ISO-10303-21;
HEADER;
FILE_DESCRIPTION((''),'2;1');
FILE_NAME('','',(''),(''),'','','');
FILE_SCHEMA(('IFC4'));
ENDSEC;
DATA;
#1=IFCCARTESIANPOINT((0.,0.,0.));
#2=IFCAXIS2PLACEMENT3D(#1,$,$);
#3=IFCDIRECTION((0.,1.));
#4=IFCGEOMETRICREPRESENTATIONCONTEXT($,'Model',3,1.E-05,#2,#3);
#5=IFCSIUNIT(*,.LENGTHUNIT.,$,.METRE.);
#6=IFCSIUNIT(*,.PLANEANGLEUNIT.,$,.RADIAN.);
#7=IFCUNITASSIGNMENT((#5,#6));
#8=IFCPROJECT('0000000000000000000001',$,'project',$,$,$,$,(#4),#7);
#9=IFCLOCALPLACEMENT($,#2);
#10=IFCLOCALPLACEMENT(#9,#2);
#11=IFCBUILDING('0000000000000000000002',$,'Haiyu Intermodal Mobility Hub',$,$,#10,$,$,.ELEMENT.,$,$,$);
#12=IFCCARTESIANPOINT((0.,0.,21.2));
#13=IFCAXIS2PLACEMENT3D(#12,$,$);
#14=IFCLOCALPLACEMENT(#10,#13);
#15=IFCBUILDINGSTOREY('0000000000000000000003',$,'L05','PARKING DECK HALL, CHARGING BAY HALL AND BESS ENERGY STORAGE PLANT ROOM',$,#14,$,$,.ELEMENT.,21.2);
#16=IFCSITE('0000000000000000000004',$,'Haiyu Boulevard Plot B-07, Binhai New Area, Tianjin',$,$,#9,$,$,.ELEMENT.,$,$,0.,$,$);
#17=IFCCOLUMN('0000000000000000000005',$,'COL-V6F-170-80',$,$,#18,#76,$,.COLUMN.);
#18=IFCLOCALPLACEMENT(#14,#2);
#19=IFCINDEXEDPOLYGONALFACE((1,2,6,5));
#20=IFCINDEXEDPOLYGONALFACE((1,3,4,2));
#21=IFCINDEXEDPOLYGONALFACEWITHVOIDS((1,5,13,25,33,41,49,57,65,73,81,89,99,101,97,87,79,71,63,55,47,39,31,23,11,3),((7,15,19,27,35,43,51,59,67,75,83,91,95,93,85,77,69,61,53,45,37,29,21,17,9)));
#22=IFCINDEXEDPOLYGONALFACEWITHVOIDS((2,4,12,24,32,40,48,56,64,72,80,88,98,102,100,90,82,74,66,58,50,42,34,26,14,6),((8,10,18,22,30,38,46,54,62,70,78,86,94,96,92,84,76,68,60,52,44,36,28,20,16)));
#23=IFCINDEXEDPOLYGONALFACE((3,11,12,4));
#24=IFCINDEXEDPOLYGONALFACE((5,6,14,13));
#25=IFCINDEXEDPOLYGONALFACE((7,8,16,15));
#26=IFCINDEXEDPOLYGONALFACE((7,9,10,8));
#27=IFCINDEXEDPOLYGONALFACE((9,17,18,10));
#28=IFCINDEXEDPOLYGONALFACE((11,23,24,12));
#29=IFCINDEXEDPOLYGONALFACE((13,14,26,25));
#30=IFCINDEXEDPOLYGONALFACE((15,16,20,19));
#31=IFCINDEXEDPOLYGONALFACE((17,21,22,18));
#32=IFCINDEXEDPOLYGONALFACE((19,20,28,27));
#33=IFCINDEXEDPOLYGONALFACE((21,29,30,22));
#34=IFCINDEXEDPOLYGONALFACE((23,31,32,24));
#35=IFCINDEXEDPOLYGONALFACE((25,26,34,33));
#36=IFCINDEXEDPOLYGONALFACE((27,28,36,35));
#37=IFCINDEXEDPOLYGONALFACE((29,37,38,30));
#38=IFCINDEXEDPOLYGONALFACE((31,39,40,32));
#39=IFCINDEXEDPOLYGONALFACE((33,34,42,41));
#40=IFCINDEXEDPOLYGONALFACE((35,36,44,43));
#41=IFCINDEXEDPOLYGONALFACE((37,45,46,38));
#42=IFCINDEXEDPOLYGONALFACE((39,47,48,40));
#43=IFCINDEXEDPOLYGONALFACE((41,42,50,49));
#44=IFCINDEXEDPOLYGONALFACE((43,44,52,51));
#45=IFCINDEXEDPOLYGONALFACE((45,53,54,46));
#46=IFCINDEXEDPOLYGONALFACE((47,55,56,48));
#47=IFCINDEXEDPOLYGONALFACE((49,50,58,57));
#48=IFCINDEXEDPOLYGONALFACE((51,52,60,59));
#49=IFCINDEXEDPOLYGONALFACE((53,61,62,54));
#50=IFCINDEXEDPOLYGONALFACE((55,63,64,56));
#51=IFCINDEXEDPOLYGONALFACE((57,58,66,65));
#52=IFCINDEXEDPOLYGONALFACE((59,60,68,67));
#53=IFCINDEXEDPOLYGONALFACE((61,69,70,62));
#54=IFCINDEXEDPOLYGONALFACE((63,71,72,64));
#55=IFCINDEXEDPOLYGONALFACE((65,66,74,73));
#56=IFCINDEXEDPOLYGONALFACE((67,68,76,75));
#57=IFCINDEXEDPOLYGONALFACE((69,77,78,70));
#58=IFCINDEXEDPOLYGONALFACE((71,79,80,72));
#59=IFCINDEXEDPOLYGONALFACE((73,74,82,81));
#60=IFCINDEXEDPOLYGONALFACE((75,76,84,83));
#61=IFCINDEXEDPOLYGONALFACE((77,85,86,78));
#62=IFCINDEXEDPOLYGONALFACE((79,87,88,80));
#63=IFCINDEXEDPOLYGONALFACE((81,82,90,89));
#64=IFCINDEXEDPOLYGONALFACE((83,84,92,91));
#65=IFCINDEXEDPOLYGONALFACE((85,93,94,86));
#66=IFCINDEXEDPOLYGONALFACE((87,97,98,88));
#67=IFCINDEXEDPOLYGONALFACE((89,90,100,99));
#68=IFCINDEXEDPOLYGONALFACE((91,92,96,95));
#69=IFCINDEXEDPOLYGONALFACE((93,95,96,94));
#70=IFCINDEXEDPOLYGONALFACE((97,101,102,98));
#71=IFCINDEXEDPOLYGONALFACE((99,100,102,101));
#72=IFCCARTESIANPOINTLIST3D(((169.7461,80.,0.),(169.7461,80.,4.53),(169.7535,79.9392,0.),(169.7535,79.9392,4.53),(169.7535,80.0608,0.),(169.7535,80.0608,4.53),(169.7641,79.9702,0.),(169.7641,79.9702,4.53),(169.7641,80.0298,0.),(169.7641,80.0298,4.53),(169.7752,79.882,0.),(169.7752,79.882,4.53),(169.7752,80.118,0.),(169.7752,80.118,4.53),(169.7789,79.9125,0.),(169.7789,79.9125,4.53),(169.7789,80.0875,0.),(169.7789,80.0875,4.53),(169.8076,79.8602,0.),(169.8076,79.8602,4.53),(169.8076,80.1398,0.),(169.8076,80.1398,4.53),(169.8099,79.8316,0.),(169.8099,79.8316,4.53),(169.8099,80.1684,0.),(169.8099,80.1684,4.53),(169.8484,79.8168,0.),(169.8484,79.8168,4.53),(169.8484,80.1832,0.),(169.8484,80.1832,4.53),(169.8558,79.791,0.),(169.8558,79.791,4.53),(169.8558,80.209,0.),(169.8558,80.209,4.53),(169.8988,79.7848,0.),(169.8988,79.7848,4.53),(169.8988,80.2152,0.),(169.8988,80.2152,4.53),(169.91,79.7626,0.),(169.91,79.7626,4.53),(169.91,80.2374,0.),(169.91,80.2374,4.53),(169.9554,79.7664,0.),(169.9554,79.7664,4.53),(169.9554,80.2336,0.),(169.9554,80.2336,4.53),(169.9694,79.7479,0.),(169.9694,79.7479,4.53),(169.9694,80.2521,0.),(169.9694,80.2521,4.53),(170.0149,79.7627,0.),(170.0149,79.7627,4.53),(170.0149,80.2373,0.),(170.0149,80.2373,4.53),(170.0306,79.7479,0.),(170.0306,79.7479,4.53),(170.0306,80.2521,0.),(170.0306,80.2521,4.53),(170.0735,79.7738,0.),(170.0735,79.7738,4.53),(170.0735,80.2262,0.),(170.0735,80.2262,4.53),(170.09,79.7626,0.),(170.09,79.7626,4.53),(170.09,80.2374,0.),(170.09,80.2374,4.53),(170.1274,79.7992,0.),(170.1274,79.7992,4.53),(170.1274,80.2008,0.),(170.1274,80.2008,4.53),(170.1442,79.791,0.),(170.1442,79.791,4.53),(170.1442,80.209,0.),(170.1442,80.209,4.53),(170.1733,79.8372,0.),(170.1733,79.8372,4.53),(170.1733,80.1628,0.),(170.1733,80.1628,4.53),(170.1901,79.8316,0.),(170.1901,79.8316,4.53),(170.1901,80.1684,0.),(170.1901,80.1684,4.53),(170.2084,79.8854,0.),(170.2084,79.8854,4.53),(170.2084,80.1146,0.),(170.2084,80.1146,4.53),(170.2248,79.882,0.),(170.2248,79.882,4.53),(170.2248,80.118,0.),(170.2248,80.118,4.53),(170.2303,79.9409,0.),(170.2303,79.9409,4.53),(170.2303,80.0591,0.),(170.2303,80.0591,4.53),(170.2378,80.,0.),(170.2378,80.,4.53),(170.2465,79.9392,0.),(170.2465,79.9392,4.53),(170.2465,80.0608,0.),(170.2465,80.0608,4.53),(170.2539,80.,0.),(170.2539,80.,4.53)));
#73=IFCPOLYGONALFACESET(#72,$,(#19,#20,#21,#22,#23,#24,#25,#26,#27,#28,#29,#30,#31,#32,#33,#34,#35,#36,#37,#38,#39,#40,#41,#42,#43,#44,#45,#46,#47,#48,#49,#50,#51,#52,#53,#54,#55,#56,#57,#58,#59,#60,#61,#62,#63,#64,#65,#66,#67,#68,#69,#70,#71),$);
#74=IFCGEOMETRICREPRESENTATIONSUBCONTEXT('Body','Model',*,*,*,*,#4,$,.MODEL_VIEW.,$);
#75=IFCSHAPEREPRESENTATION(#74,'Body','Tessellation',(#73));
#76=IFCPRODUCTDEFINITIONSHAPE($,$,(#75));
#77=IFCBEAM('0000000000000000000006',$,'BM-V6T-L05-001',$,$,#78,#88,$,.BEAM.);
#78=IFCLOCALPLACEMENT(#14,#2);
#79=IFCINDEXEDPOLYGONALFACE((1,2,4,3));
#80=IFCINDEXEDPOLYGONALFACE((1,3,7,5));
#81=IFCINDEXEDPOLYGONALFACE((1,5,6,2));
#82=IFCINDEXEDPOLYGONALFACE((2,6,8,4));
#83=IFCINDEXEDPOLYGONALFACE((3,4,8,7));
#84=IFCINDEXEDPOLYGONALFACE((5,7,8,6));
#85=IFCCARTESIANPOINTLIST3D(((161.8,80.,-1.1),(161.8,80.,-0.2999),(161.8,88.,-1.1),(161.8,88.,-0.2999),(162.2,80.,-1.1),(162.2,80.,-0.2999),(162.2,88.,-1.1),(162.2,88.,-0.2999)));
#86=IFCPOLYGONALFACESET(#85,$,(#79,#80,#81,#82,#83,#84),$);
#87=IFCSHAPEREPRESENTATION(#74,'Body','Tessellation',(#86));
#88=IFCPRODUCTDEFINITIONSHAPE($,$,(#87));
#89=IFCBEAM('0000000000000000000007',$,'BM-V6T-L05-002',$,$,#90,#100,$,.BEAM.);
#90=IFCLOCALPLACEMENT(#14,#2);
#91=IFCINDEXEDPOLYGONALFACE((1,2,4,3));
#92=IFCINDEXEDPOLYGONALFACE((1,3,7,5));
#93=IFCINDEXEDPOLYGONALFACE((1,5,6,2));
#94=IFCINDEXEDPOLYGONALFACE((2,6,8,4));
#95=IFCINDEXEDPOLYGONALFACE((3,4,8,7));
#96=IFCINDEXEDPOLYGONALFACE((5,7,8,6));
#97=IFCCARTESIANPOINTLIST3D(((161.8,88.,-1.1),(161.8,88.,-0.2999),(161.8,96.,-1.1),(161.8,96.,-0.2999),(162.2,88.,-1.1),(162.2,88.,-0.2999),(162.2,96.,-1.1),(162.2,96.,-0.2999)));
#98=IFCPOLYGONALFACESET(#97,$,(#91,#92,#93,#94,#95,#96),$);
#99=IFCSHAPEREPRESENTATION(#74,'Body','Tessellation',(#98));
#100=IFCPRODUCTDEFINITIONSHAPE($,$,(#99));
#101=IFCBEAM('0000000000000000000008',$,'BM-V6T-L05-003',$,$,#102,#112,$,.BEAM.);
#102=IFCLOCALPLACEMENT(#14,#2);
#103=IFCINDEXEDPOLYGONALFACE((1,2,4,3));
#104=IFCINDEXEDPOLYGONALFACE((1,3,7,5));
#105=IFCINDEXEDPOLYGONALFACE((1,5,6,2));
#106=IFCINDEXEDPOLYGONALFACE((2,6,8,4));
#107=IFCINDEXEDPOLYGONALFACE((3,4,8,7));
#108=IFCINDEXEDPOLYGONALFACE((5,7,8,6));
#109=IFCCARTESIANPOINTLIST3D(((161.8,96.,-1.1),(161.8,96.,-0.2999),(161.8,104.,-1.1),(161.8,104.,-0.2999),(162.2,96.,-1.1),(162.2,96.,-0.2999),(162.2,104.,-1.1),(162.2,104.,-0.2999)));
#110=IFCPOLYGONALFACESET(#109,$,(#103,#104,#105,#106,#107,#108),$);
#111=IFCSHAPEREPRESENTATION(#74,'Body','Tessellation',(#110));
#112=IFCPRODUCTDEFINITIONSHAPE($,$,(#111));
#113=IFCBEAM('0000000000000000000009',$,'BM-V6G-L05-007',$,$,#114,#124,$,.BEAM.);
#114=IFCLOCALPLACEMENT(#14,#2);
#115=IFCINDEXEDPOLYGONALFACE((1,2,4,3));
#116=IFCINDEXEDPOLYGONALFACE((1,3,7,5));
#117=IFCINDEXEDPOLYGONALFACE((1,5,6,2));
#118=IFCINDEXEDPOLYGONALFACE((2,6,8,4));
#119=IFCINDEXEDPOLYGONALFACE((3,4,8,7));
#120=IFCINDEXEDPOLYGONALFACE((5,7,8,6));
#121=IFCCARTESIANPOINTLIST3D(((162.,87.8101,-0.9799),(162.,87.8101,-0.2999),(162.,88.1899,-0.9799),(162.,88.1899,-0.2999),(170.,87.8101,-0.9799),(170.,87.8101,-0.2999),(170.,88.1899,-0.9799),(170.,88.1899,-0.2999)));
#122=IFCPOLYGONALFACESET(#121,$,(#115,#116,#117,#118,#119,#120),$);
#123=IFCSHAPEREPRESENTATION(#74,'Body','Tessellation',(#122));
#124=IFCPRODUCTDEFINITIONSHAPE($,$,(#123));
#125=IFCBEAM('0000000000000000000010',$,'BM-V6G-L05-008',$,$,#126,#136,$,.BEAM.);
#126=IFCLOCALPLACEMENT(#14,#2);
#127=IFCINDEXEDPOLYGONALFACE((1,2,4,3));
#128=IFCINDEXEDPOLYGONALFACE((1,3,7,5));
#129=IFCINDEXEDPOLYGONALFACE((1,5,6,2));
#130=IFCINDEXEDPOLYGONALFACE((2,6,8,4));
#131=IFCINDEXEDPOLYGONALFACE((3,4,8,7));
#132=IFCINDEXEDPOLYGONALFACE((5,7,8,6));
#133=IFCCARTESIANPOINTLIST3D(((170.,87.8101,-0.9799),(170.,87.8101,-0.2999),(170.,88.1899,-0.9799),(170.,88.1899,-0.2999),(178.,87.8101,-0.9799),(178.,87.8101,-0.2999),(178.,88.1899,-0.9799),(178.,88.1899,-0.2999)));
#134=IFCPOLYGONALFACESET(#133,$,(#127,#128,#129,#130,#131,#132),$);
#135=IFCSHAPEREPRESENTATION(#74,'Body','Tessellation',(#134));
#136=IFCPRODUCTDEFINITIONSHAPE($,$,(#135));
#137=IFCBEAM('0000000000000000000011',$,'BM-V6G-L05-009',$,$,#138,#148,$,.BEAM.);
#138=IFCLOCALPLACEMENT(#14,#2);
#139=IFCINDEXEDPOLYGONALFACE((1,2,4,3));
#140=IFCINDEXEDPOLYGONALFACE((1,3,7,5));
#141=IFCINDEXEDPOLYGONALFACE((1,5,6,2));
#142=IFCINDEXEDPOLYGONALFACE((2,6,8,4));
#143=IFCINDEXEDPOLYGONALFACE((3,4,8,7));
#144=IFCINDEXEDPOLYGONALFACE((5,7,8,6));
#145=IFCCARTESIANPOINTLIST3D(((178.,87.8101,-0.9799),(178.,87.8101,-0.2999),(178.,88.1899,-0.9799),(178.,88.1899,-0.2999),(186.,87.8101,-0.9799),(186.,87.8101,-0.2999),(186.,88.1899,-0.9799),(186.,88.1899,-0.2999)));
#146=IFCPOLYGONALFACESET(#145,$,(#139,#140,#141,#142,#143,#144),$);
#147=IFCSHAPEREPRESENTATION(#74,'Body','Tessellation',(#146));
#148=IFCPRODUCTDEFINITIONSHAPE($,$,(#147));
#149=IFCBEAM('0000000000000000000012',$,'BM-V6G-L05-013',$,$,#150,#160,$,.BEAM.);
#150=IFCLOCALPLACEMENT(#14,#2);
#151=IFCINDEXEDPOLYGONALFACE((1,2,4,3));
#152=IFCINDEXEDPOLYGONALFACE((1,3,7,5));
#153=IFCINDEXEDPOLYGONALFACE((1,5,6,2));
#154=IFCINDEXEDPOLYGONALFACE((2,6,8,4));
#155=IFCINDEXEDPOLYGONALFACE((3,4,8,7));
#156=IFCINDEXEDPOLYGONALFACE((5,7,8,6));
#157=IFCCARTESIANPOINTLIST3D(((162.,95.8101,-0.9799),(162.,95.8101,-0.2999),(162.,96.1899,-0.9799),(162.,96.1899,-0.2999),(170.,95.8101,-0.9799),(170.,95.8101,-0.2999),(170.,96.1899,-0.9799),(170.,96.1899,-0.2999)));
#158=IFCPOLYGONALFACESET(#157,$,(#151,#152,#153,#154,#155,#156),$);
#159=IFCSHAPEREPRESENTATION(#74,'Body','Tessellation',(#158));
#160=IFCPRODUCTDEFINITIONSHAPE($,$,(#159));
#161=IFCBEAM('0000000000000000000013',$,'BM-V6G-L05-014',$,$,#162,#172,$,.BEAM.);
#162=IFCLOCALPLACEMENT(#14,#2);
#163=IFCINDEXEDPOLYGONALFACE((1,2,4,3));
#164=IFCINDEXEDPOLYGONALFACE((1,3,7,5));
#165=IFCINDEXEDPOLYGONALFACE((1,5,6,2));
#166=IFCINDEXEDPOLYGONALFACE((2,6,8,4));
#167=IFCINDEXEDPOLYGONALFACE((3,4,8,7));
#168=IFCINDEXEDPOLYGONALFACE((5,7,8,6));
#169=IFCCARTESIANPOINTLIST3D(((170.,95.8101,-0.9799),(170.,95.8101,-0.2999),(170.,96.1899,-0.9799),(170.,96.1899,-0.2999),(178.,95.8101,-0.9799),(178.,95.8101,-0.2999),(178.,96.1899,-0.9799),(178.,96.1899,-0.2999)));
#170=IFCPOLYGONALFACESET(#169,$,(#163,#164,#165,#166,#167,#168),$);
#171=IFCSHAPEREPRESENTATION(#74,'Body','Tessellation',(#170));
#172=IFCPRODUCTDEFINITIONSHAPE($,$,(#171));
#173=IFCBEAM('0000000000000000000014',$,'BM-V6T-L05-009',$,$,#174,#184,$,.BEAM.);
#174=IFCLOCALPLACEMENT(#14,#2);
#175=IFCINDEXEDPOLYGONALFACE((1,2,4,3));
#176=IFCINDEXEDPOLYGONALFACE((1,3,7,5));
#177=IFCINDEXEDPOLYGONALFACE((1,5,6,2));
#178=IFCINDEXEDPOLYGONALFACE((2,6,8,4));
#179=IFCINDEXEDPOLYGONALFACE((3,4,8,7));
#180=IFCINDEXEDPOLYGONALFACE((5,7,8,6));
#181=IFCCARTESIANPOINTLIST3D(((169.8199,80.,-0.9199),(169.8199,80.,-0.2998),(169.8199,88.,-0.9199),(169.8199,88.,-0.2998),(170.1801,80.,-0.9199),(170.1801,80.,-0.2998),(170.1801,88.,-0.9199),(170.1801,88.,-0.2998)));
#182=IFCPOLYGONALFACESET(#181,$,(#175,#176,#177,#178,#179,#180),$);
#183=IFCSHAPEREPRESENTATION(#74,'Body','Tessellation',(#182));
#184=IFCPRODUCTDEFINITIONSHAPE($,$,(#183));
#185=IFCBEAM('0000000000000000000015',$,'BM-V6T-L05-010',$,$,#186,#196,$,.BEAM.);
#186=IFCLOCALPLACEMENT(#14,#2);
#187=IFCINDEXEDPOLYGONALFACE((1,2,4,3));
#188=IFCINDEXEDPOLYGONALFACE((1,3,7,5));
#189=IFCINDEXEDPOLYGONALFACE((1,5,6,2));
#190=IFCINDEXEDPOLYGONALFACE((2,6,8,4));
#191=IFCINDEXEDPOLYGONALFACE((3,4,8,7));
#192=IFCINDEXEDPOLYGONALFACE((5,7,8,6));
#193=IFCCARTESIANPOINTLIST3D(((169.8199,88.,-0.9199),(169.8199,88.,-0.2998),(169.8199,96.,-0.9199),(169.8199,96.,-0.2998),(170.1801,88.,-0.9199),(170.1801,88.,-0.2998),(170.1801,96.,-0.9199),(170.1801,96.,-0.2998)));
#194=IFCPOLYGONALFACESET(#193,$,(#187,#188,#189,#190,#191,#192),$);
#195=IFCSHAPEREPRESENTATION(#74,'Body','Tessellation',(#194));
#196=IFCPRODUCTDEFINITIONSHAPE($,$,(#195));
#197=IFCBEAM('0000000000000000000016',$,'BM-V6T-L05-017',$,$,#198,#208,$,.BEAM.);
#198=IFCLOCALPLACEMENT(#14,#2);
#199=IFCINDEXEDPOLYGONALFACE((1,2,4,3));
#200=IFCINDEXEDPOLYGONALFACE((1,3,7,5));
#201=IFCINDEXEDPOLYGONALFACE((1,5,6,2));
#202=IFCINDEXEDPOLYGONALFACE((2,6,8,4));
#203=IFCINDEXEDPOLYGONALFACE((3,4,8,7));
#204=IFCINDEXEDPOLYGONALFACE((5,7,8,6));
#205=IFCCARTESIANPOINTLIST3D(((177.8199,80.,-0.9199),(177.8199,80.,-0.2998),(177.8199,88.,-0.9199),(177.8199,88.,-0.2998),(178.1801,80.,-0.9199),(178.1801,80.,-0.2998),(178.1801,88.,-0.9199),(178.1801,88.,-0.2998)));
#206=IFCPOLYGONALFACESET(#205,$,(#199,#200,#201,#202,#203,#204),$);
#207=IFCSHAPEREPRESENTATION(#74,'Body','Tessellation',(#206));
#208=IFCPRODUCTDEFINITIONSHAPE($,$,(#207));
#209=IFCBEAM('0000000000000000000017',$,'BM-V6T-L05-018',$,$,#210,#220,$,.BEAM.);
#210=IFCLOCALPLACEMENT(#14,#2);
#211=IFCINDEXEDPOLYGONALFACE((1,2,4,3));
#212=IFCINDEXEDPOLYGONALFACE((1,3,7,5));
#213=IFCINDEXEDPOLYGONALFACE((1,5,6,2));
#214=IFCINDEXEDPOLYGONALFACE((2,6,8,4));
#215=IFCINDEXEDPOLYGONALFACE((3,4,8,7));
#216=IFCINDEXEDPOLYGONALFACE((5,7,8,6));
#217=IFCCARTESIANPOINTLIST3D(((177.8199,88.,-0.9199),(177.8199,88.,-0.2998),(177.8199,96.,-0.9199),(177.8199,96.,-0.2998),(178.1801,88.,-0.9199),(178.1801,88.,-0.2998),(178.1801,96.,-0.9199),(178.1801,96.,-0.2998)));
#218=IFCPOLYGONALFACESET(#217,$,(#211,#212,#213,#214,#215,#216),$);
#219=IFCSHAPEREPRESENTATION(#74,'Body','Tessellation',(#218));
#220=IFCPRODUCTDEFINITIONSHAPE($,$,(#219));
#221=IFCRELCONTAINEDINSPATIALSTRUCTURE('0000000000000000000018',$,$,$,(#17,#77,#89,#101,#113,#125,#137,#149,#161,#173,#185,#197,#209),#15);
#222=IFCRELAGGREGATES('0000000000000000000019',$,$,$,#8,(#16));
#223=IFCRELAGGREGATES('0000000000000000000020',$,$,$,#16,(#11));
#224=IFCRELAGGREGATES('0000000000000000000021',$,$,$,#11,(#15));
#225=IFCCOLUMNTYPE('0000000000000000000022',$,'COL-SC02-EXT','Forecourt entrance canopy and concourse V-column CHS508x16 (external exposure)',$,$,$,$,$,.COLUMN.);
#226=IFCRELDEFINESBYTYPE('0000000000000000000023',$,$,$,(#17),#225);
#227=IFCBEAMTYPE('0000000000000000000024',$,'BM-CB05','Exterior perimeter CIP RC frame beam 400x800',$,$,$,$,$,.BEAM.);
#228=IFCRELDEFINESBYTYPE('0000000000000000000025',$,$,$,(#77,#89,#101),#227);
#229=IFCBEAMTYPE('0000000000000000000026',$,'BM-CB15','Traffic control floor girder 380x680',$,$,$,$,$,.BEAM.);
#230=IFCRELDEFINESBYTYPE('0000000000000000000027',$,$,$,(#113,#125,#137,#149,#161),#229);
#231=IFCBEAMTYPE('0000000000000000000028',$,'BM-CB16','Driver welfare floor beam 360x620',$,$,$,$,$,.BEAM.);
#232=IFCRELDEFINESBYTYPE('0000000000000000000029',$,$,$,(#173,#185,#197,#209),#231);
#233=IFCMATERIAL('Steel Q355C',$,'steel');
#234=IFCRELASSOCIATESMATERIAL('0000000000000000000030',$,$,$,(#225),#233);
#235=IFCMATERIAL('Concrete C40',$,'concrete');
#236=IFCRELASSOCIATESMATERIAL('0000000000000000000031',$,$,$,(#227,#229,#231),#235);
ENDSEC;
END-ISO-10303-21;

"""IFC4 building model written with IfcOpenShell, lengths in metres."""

from ifc_helpers import new_model, si_unit, direction, frame, origin, origin_2d, place, context, subcontext, project, spatial, rectangle, hollow_circle, extrude, material, material_profile, profile_set, type_object, element, save


model = new_model("IFC4")

# Units and contexts
model_context = context("Model", 3, precision=1e-05, world=origin(), true_north=direction((0.0, 1.0)))
body_context = subcontext(model_context, "Body", "Model", "MODEL_VIEW")
ifc_project = project(units=[si_unit("LENGTHUNIT", "METRE"), si_unit("PLANEANGLEUNIT", "RADIAN")], contexts=[model_context])

# Site, building, storey
site_placement = place(None, origin())
site = spatial("IfcSite", under=ifc_project, at=site_placement, Name="Haiyu Boulevard Plot B-07, Binhai New Area, Tianjin", CompositionType="ELEMENT", RefElevation=0.0)
building_placement = place(site_placement, origin())
building = spatial("IfcBuilding", under=site, at=building_placement, Name="Haiyu Intermodal Mobility Hub", CompositionType="ELEMENT")
storey_placement = place(building_placement, frame((0.0, 0.0, 21.2)))
storey = spatial("IfcBuildingStorey", under=building, at=storey_placement, Name="L05", Description="PARKING DECK HALL, CHARGING BAY HALL AND BESS ENERGY STORAGE PLANT ROOM", CompositionType="ELEMENT", Elevation=21.2)

# Column
ifc_material_1 = material(Name="Steel Q355C", Category="steel")
ifc_material_profile_1 = material_profile(ifc_material_1, hollow_circle(Radius=0.2539, WallThickness=0.0161, at=origin_2d()), Name="CHS508x16")
ifc_profile_set_1 = profile_set([ifc_material_profile_1], Name="Steel Q355C")
column_type = type_object("IfcColumnType", Name="COL-SC02-EXT", Description="Forecourt entrance canopy and concourse V-column CHS508x16 (external exposure)", PredefinedType="COLUMN", material=ifc_profile_set_1)
column_placement = place(storey_placement, frame((170.0, 80.0, 0.0), z_axis=(0.0, 0.0, 1.0), x_axis=(1.0, 0.0, 0.0)))
element("IfcColumn", 1, at=column_placement, inside=storey, type_object=column_type, Name="COL-V6F-170-80", PredefinedType="COLUMN", context=body_context, shape_type="SweptSolid", body=[
    extrude(hollow_circle(Radius=0.2539, WallThickness=0.0161, at=origin_2d()), origin(), (0.0, 0.0, 1.0), 4.53),
])

# Beams
ifc_material_2 = material(Name="Concrete C40", Category="concrete")
ifc_material_profile_2 = material_profile(ifc_material_2, rectangle(XDim=0.3999, YDim=0.8, at=origin_2d()), Name="RCB400x800")
ifc_profile_set_2 = profile_set([ifc_material_profile_2], Name="Concrete C40")
beam_type_1 = type_object("IfcBeamType", Name="BM-CB05", Description="Exterior perimeter CIP RC frame beam 400x800", PredefinedType="BEAM", material=ifc_profile_set_2)
for number, where, z_axis, x_axis, name in (
    (2, (162.0, 80.0, -0.7), (0.0, 1.0, 0.0), (-1.0, 0.0, 0.0), "BM-V6T-L05-001"),
    (3, (162.0, 88.0, -0.7), (0.0, 1.0, 0.0), (-1.0, 0.0, 0.0), "BM-V6T-L05-002"),
    (4, (162.0, 96.0, -0.7), (0.0, 1.0, 0.0), (-1.0, 0.0, 0.0), "BM-V6T-L05-003"),
):
    element("IfcBeam", number, at=place(storey_placement, frame(where, z_axis=z_axis, x_axis=x_axis)), inside=storey, type_object=beam_type_1, Name=name, PredefinedType="BEAM", context=body_context, shape_type="SweptSolid", body=[
        extrude(rectangle(XDim=0.3999, YDim=0.8, at=origin_2d()), origin(), (0.0, 0.0, 1.0), 8.0),
    ])
ifc_material_profile_3 = material_profile(ifc_material_2, rectangle(XDim=0.3799, YDim=0.6799, at=origin_2d()), Name="B380x680")
ifc_profile_set_3 = profile_set([ifc_material_profile_3], Name="Concrete C40")
beam_type_2 = type_object("IfcBeamType", Name="BM-CB15", Description="Traffic control floor girder 380x680", PredefinedType="BEAM", material=ifc_profile_set_3)
for number, where, z_axis, x_axis, name in (
    (5, (162.0, 88.0, -0.6399), (1.0, 0.0, 0.0), (0.0, 1.0, 0.0), "BM-V6G-L05-007"),
    (6, (170.0, 88.0, -0.6399), (1.0, 0.0, 0.0), (0.0, 1.0, 0.0), "BM-V6G-L05-008"),
    (7, (178.0, 88.0, -0.6399), (1.0, 0.0, 0.0), (0.0, 1.0, 0.0), "BM-V6G-L05-009"),
    (8, (162.0, 96.0, -0.6399), (1.0, 0.0, 0.0), (0.0, 1.0, 0.0), "BM-V6G-L05-013"),
    (9, (170.0, 96.0, -0.6399), (1.0, 0.0, 0.0), (0.0, 1.0, 0.0), "BM-V6G-L05-014"),
):
    element("IfcBeam", number, at=place(storey_placement, frame(where, z_axis=z_axis, x_axis=x_axis)), inside=storey, type_object=beam_type_2, Name=name, PredefinedType="BEAM", context=body_context, shape_type="SweptSolid", body=[
        extrude(rectangle(XDim=0.3799, YDim=0.6799, at=origin_2d()), origin(), (0.0, 0.0, 1.0), 8.0),
    ])
ifc_material_profile_4 = material_profile(ifc_material_2, rectangle(XDim=0.3601, YDim=0.6201, at=origin_2d()), Name="B360x620")
ifc_profile_set_4 = profile_set([ifc_material_profile_4], Name="Concrete C40")
beam_type_3 = type_object("IfcBeamType", Name="BM-CB16", Description="Driver welfare floor beam 360x620", PredefinedType="BEAM", material=ifc_profile_set_4)
for number, where, z_axis, x_axis, name in (
    (10, (170.0, 80.0, -0.6099), (0.0, 1.0, 0.0), (-1.0, 0.0, 0.0), "BM-V6T-L05-009"),
    (11, (170.0, 88.0, -0.6099), (0.0, 1.0, 0.0), (-1.0, 0.0, 0.0), "BM-V6T-L05-010"),
    (12, (178.0, 80.0, -0.6099), (0.0, 1.0, 0.0), (-1.0, 0.0, 0.0), "BM-V6T-L05-017"),
    (13, (178.0, 88.0, -0.6099), (0.0, 1.0, 0.0), (-1.0, 0.0, 0.0), "BM-V6T-L05-018"),
):
    element("IfcBeam", number, at=place(storey_placement, frame(where, z_axis=z_axis, x_axis=x_axis)), inside=storey, type_object=beam_type_3, Name=name, PredefinedType="BEAM", context=body_context, shape_type="SweptSolid", body=[
        extrude(rectangle(XDim=0.3601, YDim=0.6201, at=origin_2d()), origin(), (0.0, 0.0, 1.0), 8.0),
    ])

save(model, "model.ifc")
